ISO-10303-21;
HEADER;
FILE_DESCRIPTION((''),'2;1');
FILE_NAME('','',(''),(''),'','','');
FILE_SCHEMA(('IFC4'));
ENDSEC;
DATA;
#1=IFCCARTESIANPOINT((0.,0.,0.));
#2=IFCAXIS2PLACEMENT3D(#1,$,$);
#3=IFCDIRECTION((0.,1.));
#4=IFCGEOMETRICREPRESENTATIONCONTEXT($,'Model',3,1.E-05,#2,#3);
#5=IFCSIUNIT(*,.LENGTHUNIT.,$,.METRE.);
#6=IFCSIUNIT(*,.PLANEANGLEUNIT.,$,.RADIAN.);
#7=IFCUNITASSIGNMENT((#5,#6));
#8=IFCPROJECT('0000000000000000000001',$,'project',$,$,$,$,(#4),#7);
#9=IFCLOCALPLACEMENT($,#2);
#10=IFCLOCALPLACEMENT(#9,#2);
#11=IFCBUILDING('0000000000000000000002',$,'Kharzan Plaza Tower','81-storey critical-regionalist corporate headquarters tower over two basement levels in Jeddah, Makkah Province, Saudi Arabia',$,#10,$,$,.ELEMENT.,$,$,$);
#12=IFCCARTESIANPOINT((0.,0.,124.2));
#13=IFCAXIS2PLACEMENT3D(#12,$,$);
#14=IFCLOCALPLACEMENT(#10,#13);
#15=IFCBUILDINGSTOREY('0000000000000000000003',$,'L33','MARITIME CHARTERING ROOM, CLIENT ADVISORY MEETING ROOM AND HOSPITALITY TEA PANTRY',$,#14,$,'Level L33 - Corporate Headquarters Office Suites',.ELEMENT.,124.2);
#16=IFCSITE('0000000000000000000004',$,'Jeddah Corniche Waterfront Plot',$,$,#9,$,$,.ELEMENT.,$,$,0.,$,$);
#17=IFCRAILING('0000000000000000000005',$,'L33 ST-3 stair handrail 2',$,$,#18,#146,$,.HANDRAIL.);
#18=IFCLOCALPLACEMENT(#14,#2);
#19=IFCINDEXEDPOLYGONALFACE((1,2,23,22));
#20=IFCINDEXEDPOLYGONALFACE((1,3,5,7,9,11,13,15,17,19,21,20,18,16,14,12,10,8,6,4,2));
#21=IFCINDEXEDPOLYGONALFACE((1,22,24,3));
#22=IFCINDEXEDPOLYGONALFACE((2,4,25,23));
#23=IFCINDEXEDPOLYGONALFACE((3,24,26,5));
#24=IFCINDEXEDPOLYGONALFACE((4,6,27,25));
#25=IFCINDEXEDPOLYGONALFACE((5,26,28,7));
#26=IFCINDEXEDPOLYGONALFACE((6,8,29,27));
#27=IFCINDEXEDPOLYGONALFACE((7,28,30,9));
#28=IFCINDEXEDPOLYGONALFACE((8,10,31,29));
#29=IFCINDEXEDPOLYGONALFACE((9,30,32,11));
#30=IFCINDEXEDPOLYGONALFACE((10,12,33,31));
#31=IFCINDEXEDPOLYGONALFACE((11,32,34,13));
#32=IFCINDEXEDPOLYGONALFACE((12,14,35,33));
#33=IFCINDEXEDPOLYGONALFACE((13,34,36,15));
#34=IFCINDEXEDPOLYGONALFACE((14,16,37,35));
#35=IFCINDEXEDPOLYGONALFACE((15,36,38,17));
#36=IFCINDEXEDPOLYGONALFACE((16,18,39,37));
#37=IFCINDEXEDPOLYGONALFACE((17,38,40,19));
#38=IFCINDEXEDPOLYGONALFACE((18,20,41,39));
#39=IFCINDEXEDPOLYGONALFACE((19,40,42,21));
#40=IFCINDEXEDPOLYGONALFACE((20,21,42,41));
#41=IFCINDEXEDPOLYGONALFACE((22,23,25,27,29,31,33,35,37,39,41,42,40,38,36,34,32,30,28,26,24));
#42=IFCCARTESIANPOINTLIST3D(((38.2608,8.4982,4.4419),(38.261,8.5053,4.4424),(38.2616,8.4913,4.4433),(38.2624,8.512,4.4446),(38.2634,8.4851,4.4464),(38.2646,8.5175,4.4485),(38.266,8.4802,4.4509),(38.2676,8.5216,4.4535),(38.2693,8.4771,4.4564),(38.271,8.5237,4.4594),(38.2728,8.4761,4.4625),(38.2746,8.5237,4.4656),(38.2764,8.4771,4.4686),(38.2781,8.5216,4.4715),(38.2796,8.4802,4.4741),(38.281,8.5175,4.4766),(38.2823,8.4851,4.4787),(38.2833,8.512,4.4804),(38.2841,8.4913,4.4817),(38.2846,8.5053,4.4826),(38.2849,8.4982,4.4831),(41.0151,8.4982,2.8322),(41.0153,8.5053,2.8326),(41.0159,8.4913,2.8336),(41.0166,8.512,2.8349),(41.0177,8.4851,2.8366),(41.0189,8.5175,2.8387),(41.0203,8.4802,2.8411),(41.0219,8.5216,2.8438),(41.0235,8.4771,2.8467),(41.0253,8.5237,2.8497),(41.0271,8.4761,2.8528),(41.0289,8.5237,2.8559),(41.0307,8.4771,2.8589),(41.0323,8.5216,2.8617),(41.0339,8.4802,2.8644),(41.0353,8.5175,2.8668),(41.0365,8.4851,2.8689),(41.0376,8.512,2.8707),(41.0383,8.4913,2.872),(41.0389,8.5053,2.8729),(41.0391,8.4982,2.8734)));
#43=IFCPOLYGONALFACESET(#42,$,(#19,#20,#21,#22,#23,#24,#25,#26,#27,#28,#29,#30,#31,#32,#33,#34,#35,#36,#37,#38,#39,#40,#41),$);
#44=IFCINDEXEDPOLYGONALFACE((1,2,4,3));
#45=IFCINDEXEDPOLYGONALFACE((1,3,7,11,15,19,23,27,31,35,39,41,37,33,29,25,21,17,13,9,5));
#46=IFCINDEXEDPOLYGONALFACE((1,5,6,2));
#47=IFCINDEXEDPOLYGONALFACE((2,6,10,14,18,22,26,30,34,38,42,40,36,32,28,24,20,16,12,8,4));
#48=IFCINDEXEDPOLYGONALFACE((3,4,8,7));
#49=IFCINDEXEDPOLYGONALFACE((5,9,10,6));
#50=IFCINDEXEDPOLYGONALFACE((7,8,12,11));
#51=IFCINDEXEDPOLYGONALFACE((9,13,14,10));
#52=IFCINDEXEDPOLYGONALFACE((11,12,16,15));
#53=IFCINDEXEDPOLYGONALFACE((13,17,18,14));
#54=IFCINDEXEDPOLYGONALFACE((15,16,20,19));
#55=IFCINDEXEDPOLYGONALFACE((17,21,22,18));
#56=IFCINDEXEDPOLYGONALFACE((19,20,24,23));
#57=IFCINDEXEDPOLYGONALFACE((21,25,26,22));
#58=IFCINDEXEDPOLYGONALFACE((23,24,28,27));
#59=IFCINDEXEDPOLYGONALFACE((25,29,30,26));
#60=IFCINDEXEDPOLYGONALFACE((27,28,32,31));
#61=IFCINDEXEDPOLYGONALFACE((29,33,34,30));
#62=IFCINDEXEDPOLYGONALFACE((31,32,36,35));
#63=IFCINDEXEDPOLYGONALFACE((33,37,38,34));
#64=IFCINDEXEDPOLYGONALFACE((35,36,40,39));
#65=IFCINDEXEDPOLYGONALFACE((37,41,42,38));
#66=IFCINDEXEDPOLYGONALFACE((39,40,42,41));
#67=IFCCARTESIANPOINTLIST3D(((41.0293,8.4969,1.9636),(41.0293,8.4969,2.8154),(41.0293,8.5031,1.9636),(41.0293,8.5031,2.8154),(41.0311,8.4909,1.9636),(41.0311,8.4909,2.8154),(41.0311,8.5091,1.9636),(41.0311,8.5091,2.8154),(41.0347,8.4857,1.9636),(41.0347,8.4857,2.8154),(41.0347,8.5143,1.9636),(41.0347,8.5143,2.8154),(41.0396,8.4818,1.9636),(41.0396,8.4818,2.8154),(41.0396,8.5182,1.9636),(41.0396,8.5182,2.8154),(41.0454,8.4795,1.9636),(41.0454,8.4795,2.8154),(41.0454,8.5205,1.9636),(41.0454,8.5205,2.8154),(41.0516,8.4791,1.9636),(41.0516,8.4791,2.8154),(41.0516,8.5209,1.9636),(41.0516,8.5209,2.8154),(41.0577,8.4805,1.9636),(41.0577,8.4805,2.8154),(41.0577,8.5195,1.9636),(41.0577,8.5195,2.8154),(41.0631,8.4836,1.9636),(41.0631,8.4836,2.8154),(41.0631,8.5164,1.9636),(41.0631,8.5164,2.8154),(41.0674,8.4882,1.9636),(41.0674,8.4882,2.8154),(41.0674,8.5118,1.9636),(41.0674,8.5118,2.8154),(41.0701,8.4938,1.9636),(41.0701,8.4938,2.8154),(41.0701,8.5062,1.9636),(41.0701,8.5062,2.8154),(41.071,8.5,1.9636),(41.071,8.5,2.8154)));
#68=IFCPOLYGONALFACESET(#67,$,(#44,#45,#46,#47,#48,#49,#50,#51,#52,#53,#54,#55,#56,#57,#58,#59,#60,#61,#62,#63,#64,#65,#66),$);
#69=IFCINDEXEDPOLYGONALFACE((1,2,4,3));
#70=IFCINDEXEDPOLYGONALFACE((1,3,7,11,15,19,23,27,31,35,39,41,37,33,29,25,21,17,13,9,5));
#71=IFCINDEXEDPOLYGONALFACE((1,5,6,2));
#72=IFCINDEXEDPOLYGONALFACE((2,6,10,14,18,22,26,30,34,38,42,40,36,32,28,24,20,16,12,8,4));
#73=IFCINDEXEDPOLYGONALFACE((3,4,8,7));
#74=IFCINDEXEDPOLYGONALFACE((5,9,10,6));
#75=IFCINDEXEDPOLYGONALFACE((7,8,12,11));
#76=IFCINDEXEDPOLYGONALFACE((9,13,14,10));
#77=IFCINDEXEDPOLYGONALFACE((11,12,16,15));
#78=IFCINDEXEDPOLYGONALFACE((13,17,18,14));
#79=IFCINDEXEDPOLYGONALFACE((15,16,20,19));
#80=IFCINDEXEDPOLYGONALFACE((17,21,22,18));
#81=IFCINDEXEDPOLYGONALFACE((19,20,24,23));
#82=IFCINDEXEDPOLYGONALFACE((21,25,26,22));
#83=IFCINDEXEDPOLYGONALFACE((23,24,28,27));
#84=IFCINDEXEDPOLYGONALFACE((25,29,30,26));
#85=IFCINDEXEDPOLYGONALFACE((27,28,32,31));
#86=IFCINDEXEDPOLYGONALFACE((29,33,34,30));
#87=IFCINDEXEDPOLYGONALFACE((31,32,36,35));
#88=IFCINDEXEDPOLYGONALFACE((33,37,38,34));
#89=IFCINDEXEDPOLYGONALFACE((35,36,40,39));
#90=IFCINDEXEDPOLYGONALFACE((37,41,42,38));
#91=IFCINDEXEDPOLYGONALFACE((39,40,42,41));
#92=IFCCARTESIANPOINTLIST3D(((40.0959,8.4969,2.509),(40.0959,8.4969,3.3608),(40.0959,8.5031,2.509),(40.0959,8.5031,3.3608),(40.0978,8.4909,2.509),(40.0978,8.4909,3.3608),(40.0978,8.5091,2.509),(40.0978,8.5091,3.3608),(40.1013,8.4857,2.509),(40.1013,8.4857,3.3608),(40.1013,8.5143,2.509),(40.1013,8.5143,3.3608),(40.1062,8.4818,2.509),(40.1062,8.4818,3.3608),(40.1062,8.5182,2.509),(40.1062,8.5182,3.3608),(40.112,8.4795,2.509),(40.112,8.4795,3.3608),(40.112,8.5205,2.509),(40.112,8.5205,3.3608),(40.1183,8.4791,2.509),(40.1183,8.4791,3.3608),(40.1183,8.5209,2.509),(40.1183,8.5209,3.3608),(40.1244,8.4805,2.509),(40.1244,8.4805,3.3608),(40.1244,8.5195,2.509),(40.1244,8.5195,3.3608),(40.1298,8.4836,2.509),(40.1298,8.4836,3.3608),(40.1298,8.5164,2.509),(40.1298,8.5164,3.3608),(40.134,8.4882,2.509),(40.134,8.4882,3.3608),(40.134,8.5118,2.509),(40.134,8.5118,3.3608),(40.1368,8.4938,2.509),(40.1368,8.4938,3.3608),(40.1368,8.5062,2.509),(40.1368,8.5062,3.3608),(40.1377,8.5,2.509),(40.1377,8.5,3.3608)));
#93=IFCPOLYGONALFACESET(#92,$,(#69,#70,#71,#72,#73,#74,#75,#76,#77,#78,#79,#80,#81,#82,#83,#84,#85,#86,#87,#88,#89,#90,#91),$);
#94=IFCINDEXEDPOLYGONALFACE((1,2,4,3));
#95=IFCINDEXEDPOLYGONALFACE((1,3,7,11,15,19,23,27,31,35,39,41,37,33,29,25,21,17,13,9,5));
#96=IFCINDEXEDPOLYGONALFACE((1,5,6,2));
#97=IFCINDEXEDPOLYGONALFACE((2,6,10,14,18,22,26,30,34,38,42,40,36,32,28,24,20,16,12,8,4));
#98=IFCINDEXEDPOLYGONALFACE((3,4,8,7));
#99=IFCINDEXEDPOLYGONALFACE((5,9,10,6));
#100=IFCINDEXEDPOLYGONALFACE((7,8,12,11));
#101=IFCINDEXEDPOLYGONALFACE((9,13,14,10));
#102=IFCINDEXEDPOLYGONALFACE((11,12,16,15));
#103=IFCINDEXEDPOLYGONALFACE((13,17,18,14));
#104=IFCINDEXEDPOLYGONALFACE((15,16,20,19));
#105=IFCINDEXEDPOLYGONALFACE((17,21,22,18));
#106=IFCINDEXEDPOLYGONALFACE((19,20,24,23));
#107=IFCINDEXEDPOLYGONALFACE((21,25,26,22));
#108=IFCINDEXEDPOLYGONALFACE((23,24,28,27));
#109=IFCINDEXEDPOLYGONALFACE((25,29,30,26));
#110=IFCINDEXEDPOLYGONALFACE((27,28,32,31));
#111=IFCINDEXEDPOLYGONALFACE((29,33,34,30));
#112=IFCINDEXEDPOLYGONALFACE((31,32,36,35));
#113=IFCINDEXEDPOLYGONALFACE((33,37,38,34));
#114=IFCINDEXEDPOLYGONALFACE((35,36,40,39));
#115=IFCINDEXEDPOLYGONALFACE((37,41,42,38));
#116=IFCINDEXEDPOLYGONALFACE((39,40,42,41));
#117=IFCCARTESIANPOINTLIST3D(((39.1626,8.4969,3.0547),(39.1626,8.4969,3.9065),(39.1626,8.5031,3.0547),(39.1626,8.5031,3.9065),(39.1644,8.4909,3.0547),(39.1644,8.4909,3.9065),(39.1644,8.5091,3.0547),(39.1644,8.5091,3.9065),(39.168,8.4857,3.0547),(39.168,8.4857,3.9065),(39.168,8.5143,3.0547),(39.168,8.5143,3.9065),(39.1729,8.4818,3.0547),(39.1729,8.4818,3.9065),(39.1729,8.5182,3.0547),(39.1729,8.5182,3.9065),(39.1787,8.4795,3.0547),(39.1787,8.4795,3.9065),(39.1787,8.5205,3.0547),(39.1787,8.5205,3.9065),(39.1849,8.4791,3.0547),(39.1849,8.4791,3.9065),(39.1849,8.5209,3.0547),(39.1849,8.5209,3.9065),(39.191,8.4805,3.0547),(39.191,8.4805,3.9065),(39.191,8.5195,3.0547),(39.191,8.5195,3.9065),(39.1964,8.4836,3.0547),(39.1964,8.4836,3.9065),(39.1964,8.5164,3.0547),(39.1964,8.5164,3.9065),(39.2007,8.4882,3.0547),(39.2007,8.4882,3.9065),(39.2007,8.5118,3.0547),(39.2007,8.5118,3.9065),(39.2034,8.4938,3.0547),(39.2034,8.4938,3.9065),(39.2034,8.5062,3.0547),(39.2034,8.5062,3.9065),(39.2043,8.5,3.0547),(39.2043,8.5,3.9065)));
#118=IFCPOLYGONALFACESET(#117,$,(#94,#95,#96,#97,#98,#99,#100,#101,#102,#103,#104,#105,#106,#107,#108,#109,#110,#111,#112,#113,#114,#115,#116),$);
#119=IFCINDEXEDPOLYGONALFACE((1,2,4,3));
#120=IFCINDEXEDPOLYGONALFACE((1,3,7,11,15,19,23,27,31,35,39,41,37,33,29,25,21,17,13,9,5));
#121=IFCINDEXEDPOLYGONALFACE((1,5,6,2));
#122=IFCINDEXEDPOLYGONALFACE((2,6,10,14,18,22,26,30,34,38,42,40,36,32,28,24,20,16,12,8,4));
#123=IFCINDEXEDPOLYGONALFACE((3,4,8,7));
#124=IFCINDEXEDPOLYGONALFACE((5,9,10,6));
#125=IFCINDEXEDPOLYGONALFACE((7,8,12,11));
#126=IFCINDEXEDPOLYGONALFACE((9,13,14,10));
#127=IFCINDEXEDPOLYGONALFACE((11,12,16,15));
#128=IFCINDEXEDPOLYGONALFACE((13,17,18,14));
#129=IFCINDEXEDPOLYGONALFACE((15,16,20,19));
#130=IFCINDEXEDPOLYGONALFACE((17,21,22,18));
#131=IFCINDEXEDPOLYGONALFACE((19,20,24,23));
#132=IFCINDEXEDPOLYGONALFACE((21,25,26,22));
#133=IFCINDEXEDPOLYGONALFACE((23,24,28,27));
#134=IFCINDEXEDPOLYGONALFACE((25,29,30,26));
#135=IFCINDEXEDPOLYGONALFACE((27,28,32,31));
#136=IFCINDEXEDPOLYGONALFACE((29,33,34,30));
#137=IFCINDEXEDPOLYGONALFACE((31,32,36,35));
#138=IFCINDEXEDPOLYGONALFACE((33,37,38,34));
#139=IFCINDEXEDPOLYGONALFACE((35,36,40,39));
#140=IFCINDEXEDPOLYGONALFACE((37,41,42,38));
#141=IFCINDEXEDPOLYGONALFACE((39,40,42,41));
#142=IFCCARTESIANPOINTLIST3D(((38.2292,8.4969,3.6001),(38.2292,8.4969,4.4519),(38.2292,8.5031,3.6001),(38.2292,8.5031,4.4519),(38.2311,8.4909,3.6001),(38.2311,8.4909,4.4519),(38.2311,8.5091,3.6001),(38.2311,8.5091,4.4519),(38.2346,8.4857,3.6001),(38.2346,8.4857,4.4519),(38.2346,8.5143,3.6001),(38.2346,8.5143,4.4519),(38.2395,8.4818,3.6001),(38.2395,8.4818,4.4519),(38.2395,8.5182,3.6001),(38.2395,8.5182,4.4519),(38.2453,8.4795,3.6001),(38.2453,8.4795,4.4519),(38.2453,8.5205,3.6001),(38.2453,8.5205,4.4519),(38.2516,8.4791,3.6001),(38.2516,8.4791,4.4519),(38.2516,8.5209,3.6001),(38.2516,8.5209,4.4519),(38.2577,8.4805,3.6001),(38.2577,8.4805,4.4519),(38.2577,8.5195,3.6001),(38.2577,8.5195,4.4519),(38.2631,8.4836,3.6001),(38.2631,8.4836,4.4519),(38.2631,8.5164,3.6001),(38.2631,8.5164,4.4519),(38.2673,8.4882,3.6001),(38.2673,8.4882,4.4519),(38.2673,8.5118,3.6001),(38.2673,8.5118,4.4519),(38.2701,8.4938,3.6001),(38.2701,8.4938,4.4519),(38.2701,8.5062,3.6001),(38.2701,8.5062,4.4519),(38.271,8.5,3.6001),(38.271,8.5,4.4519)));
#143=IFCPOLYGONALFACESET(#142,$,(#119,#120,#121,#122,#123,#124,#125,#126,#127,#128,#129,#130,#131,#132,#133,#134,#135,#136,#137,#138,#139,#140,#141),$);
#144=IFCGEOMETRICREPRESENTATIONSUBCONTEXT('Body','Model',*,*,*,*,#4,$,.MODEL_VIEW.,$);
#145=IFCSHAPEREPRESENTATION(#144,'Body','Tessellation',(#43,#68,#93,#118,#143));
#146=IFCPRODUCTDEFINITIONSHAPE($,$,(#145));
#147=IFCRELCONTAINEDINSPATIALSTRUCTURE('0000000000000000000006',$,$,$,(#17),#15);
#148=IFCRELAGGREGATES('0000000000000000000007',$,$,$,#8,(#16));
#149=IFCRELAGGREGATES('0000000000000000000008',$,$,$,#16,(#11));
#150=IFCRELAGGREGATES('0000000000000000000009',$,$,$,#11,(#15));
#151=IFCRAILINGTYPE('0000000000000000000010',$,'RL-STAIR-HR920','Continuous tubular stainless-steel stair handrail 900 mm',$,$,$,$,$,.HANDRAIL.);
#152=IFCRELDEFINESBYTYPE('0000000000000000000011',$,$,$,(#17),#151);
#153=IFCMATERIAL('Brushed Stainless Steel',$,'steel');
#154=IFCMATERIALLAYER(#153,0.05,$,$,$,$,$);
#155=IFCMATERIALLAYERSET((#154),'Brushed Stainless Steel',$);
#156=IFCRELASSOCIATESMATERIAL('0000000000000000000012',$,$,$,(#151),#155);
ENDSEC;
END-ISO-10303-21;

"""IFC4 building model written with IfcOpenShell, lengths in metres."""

from ifc_helpers import new_model, si_unit, direction, frame, origin, origin_2d, place, context, subcontext, project, spatial, circle, extrude, source, transform, mapped, material, layer, layer_set, type_object, element, save


model = new_model("IFC4")

# Units and contexts
model_context = context("Model", 3, precision=1e-05, world=origin(), true_north=direction((0.0, 1.0)))
body_context = subcontext(model_context, "Body", "Model", "MODEL_VIEW")
ifc_project = project(units=[si_unit("LENGTHUNIT", "METRE"), si_unit("PLANEANGLEUNIT", "RADIAN")], contexts=[model_context])

# Site, building, storey
site_placement = place(None, origin())
site = spatial("IfcSite", under=ifc_project, at=site_placement, Name="Jeddah Corniche Waterfront Plot", CompositionType="ELEMENT", RefElevation=0.0)
building_placement = place(site_placement, origin())
building = spatial("IfcBuilding", under=site, at=building_placement, Name="Kharzan Plaza Tower", Description="81-storey critical-regionalist corporate headquarters tower over two basement levels in Jeddah, Makkah Province, Saudi Arabia", CompositionType="ELEMENT")
storey_placement = place(building_placement, frame((0.0, 0.0, 124.2)))
storey = spatial("IfcBuildingStorey", under=building, at=storey_placement, Name="L33", Description="MARITIME CHARTERING ROOM, CLIENT ADVISORY MEETING ROOM AND HOSPITALITY TEA PANTRY", LongName="Level L33 - Corporate Headquarters Office Suites", CompositionType="ELEMENT", Elevation=124.2)

# Shared definitions
ifc_material_1 = material(Name="Brushed Stainless Steel", Category="steel")

# Railing
ifc_layer_1 = layer(ifc_material_1, 0.05)
ifc_layer_set_1 = layer_set([ifc_layer_1], Name="Brushed Stainless Steel")
railing_type_1 = type_object("IfcRailingType", Name="RL-STAIR-HR920", Description="Continuous tubular stainless-steel stair handrail 900 mm", PredefinedType="HANDRAIL", material=ifc_layer_set_1)
shared_shape_1 = source(origin(), body_context, "Body", "SweptSolid", [
    extrude(circle(Radius=0.0239, at=origin_2d()), frame((-0.0229, 0.0, 0.8892), z_axis=(-0.863361, 0.0, 0.504587), x_axis=(0.0, -1.0, 0.0)), (0.0, 0.0, 1.0), 3.1902),
    extrude(circle(Radius=0.021, at=origin_2d()), origin(), (0.0, 0.0, 1.0), 0.8518),
    extrude(circle(Radius=0.021, at=origin_2d()), frame((-0.9333, 0.0, 0.5454)), (0.0, 0.0, 1.0), 0.8518),
    extrude(circle(Radius=0.021, at=origin_2d()), frame((-1.8667, 0.0, 1.0911)), (0.0, 0.0, 1.0), 0.8518),
    extrude(circle(Radius=0.021, at=origin_2d()), frame((-2.8, 0.0, 1.6365)), (0.0, 0.0, 1.0), 0.8518),
])
railing_1_placement = place(storey_placement, frame((41.05, 8.5, 1.9636)))
element("IfcRailing", 1, at=railing_1_placement, inside=storey, type_object=railing_type_1, Name="L33 ST-3 stair handrail 2", PredefinedType="HANDRAIL", context=body_context, shape_type="MappedRepresentation", body=[
    mapped(shared_shape_1, transform((0.0, 0.0, 0.0), x_axis=(1.0, 0.0, 0.0), y_axis=(0.0, 1.0, 0.0), z_axis=(0.0, 0.0, 1.0))),
])

save(model, "model.ifc")
